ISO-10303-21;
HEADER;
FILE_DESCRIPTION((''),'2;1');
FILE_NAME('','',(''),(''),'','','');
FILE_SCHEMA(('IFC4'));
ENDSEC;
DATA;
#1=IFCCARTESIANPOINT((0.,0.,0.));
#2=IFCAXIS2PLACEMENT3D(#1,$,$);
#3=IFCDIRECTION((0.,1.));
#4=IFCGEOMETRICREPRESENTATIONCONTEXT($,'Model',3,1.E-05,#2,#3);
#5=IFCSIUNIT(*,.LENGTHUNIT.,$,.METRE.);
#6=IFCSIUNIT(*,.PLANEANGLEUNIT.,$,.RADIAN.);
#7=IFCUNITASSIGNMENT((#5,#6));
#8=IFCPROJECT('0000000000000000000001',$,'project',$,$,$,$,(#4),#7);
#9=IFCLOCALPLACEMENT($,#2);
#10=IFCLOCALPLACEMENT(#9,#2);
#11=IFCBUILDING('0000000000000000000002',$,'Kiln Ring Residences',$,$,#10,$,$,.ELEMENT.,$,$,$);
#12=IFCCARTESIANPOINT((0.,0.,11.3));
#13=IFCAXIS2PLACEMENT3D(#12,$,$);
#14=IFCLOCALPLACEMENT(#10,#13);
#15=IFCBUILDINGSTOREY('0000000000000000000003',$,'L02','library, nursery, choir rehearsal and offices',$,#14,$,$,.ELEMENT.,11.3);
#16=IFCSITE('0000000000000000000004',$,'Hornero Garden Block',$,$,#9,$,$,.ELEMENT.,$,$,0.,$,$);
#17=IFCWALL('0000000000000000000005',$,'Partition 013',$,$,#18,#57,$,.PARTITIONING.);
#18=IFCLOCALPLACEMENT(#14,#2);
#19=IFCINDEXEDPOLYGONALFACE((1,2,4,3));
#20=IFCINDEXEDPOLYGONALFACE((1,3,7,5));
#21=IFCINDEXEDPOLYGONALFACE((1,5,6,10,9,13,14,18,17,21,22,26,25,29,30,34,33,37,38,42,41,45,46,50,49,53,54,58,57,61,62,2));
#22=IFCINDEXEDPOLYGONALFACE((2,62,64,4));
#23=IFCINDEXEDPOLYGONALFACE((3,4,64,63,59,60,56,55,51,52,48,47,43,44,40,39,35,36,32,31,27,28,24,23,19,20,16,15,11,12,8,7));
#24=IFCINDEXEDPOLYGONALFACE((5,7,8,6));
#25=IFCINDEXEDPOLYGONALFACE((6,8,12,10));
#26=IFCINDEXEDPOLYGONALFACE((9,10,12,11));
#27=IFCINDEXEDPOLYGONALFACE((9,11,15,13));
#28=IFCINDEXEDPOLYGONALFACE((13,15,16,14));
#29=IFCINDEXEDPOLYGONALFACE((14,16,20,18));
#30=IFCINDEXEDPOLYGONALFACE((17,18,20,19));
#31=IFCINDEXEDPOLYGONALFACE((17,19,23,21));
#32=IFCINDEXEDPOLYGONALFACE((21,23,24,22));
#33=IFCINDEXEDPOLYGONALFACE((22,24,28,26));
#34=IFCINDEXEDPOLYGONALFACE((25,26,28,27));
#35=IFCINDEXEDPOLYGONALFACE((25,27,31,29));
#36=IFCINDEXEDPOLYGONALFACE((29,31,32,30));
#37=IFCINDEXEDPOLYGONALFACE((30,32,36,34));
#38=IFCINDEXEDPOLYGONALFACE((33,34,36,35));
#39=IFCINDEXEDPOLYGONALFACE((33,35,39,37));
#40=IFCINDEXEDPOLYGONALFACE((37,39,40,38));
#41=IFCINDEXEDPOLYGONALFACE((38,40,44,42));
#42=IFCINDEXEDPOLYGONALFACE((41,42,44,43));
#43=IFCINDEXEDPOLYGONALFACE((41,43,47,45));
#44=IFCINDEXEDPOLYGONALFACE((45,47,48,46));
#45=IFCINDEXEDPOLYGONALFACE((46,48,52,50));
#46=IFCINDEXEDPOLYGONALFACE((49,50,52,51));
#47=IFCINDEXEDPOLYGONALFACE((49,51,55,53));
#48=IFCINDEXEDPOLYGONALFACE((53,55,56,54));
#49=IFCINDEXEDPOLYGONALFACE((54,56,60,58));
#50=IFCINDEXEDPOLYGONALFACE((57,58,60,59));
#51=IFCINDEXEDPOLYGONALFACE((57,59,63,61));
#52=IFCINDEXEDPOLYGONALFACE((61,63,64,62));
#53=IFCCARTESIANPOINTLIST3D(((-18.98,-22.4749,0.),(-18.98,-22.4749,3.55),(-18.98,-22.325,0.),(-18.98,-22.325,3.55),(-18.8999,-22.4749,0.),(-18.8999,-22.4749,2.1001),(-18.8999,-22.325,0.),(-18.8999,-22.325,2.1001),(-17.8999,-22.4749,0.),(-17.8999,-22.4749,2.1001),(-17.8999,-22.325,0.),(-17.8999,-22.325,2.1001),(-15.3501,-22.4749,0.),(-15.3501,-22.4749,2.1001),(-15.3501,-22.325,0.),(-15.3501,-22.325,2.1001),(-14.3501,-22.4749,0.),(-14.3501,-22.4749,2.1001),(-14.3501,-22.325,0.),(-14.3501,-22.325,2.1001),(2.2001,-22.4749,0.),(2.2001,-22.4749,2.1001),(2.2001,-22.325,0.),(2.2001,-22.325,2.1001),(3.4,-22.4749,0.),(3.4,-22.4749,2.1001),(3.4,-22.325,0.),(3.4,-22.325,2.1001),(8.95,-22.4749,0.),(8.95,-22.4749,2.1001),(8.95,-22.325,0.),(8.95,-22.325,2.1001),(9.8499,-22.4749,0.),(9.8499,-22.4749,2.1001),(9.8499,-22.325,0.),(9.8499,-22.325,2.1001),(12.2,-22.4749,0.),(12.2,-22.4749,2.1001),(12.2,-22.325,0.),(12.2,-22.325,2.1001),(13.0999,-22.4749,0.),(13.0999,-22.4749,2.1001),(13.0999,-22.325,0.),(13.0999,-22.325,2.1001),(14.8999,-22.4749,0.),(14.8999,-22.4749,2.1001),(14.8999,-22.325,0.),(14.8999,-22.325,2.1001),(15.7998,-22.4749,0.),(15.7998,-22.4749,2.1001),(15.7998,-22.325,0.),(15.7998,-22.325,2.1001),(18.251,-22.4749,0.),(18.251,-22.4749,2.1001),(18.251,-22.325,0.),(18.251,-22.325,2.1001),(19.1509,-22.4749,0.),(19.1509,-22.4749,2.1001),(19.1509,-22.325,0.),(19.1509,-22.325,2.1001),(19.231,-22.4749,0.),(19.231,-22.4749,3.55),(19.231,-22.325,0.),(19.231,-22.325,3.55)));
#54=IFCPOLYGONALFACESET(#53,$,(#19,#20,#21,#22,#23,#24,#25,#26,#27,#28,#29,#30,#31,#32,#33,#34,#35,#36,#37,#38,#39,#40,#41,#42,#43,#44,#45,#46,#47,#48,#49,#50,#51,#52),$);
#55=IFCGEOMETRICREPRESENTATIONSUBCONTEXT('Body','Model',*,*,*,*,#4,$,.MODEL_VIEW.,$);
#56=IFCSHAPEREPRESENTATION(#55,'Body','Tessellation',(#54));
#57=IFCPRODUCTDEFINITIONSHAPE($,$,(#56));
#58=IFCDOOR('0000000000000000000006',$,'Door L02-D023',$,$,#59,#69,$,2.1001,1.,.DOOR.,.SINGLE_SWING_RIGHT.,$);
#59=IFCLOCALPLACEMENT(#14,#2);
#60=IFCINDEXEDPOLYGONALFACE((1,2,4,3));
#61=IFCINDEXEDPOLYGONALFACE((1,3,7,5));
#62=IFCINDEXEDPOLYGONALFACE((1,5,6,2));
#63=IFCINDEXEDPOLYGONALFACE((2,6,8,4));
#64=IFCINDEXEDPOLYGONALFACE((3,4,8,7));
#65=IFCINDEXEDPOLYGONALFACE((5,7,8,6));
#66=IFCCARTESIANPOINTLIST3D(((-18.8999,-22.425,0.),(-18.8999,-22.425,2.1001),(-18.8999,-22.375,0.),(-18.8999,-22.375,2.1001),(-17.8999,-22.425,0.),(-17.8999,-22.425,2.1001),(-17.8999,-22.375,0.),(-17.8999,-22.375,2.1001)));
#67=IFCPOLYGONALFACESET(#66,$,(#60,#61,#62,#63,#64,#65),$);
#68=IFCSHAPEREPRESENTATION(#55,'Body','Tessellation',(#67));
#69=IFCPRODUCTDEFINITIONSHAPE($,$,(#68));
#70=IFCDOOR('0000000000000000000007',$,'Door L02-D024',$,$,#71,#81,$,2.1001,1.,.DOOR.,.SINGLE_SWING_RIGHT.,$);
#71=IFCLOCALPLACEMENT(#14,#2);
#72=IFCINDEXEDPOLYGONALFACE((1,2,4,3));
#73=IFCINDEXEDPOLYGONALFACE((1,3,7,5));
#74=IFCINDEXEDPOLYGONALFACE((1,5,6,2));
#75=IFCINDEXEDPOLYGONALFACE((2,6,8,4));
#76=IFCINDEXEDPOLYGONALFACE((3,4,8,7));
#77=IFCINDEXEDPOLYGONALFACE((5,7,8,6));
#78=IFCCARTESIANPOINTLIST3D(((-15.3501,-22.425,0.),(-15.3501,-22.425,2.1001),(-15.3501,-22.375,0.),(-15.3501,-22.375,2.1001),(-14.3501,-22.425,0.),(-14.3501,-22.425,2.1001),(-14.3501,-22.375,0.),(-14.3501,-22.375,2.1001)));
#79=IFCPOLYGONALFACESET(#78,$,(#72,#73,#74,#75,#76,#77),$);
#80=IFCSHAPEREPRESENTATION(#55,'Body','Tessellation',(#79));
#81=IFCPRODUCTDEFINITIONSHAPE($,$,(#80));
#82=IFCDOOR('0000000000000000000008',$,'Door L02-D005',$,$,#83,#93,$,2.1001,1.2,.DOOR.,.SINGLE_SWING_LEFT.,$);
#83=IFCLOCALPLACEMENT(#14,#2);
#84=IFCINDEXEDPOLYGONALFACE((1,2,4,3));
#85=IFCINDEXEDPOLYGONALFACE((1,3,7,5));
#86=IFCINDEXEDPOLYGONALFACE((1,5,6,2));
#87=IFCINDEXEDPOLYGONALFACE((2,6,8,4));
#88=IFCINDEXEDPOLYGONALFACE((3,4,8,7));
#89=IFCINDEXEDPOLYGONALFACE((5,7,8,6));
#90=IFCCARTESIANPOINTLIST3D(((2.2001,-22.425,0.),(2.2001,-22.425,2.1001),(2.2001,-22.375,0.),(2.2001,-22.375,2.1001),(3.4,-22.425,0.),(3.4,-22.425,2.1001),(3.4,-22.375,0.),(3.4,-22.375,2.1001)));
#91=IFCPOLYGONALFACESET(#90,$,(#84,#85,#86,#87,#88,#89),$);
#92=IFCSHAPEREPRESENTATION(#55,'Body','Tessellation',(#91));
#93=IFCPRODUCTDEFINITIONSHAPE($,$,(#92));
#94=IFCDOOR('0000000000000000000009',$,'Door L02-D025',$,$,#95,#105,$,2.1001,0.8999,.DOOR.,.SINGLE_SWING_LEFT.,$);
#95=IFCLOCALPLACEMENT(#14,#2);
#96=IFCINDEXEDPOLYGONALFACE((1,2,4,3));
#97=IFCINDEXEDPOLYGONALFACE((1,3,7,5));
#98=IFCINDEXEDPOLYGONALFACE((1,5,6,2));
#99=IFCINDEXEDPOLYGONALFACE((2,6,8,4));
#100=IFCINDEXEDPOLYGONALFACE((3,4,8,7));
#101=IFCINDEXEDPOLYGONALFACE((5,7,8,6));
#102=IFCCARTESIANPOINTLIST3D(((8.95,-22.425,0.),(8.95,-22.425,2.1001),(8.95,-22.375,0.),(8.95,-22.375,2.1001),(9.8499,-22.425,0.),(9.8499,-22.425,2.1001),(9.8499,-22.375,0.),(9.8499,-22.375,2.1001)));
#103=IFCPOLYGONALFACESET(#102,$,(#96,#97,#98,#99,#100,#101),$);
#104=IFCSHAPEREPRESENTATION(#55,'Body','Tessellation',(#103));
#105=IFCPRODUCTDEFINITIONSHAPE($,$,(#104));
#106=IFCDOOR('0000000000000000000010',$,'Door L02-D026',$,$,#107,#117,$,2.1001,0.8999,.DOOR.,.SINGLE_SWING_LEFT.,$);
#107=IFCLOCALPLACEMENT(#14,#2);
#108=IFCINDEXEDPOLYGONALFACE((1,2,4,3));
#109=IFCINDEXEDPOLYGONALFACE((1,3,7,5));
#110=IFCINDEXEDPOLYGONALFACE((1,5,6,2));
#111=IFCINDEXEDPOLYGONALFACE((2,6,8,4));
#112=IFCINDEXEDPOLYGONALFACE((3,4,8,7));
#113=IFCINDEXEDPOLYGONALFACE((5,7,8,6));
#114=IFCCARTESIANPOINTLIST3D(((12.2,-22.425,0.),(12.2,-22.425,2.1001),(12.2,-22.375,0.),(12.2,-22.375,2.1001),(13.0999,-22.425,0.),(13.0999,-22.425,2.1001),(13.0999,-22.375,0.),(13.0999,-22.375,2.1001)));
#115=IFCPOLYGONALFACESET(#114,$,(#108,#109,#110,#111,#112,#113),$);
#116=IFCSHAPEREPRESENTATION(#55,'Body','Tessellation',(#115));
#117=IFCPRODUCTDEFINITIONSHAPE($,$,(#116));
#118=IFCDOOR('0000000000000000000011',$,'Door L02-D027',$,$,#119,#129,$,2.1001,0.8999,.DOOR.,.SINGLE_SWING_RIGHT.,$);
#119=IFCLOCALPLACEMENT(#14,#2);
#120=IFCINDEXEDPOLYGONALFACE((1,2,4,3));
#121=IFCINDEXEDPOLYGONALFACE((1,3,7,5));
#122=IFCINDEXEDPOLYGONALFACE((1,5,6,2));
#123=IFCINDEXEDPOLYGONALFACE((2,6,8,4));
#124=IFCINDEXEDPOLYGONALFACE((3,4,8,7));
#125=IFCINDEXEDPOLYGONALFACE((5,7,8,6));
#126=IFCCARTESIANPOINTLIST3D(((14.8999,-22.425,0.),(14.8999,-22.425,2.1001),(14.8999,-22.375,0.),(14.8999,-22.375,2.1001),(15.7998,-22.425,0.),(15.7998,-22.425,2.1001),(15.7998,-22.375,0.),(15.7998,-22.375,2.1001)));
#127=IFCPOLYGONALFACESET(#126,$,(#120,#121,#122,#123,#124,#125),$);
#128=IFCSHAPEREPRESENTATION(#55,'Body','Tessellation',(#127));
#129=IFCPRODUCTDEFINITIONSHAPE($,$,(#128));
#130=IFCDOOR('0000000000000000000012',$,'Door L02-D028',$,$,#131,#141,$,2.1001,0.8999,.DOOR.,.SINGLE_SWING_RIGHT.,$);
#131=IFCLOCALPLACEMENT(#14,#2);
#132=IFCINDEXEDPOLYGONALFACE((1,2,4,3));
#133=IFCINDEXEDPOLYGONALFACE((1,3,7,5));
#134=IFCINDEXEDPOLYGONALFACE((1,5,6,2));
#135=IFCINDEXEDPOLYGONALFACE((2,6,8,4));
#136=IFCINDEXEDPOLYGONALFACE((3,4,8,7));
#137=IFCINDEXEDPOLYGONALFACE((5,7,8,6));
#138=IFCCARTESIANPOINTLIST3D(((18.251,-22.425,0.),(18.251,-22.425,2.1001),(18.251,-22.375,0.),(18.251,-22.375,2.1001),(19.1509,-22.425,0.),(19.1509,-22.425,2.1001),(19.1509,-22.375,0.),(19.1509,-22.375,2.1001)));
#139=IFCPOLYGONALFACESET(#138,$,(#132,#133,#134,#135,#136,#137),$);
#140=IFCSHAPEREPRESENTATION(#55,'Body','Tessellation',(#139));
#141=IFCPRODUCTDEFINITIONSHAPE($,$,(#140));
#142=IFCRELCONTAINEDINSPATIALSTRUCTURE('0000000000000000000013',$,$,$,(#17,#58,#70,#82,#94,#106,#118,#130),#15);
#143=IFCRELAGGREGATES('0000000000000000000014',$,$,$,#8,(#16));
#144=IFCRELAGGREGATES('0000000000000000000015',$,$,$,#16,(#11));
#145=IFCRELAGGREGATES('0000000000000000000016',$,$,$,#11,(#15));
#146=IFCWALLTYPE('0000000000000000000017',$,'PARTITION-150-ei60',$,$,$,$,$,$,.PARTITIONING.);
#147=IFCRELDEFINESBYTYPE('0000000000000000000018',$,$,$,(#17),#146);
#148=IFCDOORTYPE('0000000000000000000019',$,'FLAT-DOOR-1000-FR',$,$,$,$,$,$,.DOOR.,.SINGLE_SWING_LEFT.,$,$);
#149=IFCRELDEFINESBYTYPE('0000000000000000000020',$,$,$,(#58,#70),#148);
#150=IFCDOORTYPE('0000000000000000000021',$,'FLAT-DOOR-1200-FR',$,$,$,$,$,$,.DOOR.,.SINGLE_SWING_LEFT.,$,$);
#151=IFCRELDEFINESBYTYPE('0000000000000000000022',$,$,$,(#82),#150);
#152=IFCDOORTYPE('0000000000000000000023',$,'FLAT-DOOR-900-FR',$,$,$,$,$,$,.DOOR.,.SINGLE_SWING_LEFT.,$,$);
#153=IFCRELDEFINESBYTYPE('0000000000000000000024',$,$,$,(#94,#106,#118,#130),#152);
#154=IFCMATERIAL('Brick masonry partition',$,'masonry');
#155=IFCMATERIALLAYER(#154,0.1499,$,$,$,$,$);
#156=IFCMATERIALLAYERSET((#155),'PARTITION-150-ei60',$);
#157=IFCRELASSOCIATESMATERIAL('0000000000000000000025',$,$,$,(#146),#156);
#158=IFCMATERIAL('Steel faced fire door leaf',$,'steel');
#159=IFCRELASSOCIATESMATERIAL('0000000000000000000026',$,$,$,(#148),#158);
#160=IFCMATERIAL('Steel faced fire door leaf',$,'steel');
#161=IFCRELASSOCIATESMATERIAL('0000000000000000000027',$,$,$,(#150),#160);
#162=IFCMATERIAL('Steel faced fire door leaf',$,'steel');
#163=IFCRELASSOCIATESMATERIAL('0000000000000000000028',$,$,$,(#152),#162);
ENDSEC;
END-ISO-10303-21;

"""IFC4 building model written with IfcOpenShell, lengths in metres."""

from ifc_helpers import new_model, si_unit, direction, frame, frame_2d, origin, place, context, subcontext, project, spatial, rectangle, extrude, material, layer, layer_set, type_object, element, fill, save


model = new_model("IFC4")

# Units and contexts
model_context = context("Model", 3, precision=1e-05, world=origin(), true_north=direction((0.0, 1.0)))
body_context = subcontext(model_context, "Body", "Model", "MODEL_VIEW")
ifc_project = project(units=[si_unit("LENGTHUNIT", "METRE"), si_unit("PLANEANGLEUNIT", "RADIAN")], contexts=[model_context])

# Site, building, storey
site_placement = place(None, origin())
site = spatial("IfcSite", under=ifc_project, at=site_placement, Name="Hornero Garden Block", CompositionType="ELEMENT", RefElevation=0.0)
building_placement = place(site_placement, origin())
building = spatial("IfcBuilding", under=site, at=building_placement, Name="Kiln Ring Residences", CompositionType="ELEMENT")
storey_placement = place(building_placement, frame((0.0, 0.0, 11.3)))
storey = spatial("IfcBuildingStorey", under=building, at=storey_placement, Name="L02", Description="library, nursery, choir rehearsal and offices", CompositionType="ELEMENT", Elevation=11.3)

# Wall, openings, doors
ifc_material_1 = material(Name="Brick masonry partition", Category="masonry")
ifc_layer_1 = layer(ifc_material_1, 0.1499)
ifc_layer_set_1 = layer_set([ifc_layer_1], Name="PARTITION-150-ei60")
wall_type_1 = type_object("IfcWallType", Name="PARTITION-150-ei60", PredefinedType="PARTITIONING", material=ifc_layer_set_1)
wall_1_placement = place(storey_placement, frame((-18.98, -22.3999, 0.0), z_axis=(0.0, 0.0, 1.0), x_axis=(1.0, 0.0, 0.0)))
wall_1 = element("IfcWall", 1, at=wall_1_placement, inside=storey, type_object=wall_type_1, Name="Partition 013", PredefinedType="PARTITIONING", context=body_context, shape_type="SweptSolid", body=[
    extrude(rectangle(XDim=38.2109, YDim=0.1499, at=frame_2d((19.1055, 0.0))), origin(), (0.0, 0.0, 1.0), 3.55),
])
opening_1_placement = place(wall_1_placement, frame((21.1799, 0.0, 0.0)))
opening_1 = element("IfcOpeningElement", 2, at=opening_1_placement, cuts=wall_1, PredefinedType="OPENING", context=body_context, shape_type="SweptSolid", body=[
    extrude(rectangle(XDim=1.2, YDim=2.1001, at=frame_2d((0.6001, 1.05))), frame((0.0, 0.085, 0.0), z_axis=(0.0, -1.0, 0.0), x_axis=(1.0, 0.0, 0.0)), (0.0, 0.0, 1.0), 0.1699),
])
opening_2_placement = place(wall_1_placement, frame((0.0801, 0.0, 0.0)))
opening_2 = element("IfcOpeningElement", 3, at=opening_2_placement, cuts=wall_1, PredefinedType="OPENING", context=body_context, shape_type="SweptSolid", body=[
    extrude(rectangle(XDim=1.0, YDim=2.1001, at=frame_2d((0.5, 1.05))), frame((0.0, 0.085, 0.0), z_axis=(0.0, -1.0, 0.0), x_axis=(1.0, 0.0, 0.0)), (0.0, 0.0, 1.0), 0.1699),
])
opening_3_placement = place(wall_1_placement, frame((3.6299, 0.0, 0.0)))
opening_3 = element("IfcOpeningElement", 4, at=opening_3_placement, cuts=wall_1, PredefinedType="OPENING", context=body_context, shape_type="SweptSolid", body=[
    extrude(rectangle(XDim=1.0, YDim=2.1001, at=frame_2d((0.5, 1.05))), frame((0.0, 0.085, 0.0), z_axis=(0.0, -1.0, 0.0), x_axis=(1.0, 0.0, 0.0)), (0.0, 0.0, 1.0), 0.1699),
])
opening_4_placement = place(wall_1_placement, frame((27.9299, 0.0, 0.0)))
opening_4 = element("IfcOpeningElement", 5, at=opening_4_placement, cuts=wall_1, PredefinedType="OPENING", context=body_context, shape_type="SweptSolid", body=[
    extrude(rectangle(XDim=0.8999, YDim=2.1001, at=frame_2d((0.45, 1.05))), frame((0.0, 0.085, 0.0), z_axis=(0.0, -1.0, 0.0), x_axis=(1.0, 0.0, 0.0)), (0.0, 0.0, 1.0), 0.1699),
])
opening_5_placement = place(wall_1_placement, frame((31.1799, 0.0, 0.0)))
opening_5 = element("IfcOpeningElement", 6, at=opening_5_placement, cuts=wall_1, PredefinedType="OPENING", context=body_context, shape_type="SweptSolid", body=[
    extrude(rectangle(XDim=0.8999, YDim=2.1001, at=frame_2d((0.45, 1.05))), frame((0.0, 0.085, 0.0), z_axis=(0.0, -1.0, 0.0), x_axis=(1.0, 0.0, 0.0)), (0.0, 0.0, 1.0), 0.1699),
])
opening_6_placement = place(wall_1_placement, frame((33.8799, 0.0, 0.0)))
opening_6 = element("IfcOpeningElement", 7, at=opening_6_placement, cuts=wall_1, PredefinedType="OPENING", context=body_context, shape_type="SweptSolid", body=[
    extrude(rectangle(XDim=0.8999, YDim=2.1001, at=frame_2d((0.45, 1.05))), frame((0.0, 0.085, 0.0), z_axis=(0.0, -1.0, 0.0), x_axis=(1.0, 0.0, 0.0)), (0.0, 0.0, 1.0), 0.1699),
])
opening_7_placement = place(wall_1_placement, frame((37.231, 0.0, 0.0)))
opening_7 = element("IfcOpeningElement", 8, at=opening_7_placement, cuts=wall_1, PredefinedType="OPENING", context=body_context, shape_type="SweptSolid", body=[
    extrude(rectangle(XDim=0.8999, YDim=2.1001, at=frame_2d((0.45, 1.05))), frame((0.0, 0.085, 0.0), z_axis=(0.0, -1.0, 0.0), x_axis=(1.0, 0.0, 0.0)), (0.0, 0.0, 1.0), 0.1699),
])
ifc_material_2 = material(Name="Steel faced fire door leaf", Category="steel")
door_type_1 = type_object("IfcDoorType", Name="FLAT-DOOR-1000-FR", OperationType="SINGLE_SWING_LEFT", PredefinedType="DOOR", material=ifc_material_2)
door_1_placement = place(opening_2_placement, origin())
door_1 = element("IfcDoor", 9, at=door_1_placement, inside=storey, type_object=door_type_1, Name="Door L02-D023", OperationType="SINGLE_SWING_RIGHT", OverallHeight=2.1001, OverallWidth=1.0, PredefinedType="DOOR", context=body_context, shape_type="SweptSolid", body=[
    extrude(rectangle(XDim=1.0, YDim=2.1001, at=frame_2d((0.5, 1.05))), frame((0.0, 0.0249, 0.0), z_axis=(0.0, -1.0, 0.0), x_axis=(1.0, 0.0, 0.0)), (0.0, 0.0, 1.0), 0.05),
])
fill(opening_2, door_1)
door_2_placement = place(opening_3_placement, origin())
door_2 = element("IfcDoor", 10, at=door_2_placement, inside=storey, type_object=door_type_1, Name="Door L02-D024", OperationType="SINGLE_SWING_RIGHT", OverallHeight=2.1001, OverallWidth=1.0, PredefinedType="DOOR", context=body_context, shape_type="SweptSolid", body=[
    extrude(rectangle(XDim=1.0, YDim=2.1001, at=frame_2d((0.5, 1.05))), frame((0.0, 0.0249, 0.0), z_axis=(0.0, -1.0, 0.0), x_axis=(1.0, 0.0, 0.0)), (0.0, 0.0, 1.0), 0.05),
])
fill(opening_3, door_2)
ifc_material_3 = material(Name="Steel faced fire door leaf", Category="steel")
door_type_2 = type_object("IfcDoorType", Name="FLAT-DOOR-1200-FR", OperationType="SINGLE_SWING_LEFT", PredefinedType="DOOR", material=ifc_material_3)
door_3_placement = place(opening_1_placement, origin())
door_3 = element("IfcDoor", 11, at=door_3_placement, inside=storey, type_object=door_type_2, Name="Door L02-D005", OperationType="SINGLE_SWING_LEFT", OverallHeight=2.1001, OverallWidth=1.2, PredefinedType="DOOR", context=body_context, shape_type="SweptSolid", body=[
    extrude(rectangle(XDim=1.2, YDim=2.1001, at=frame_2d((0.6001, 1.05))), frame((0.0, 0.0249, 0.0), z_axis=(0.0, -1.0, 0.0), x_axis=(1.0, 0.0, 0.0)), (0.0, 0.0, 1.0), 0.05),
])
fill(opening_1, door_3)
ifc_material_4 = material(Name="Steel faced fire door leaf", Category="steel")
door_type_3 = type_object("IfcDoorType", Name="FLAT-DOOR-900-FR", OperationType="SINGLE_SWING_LEFT", PredefinedType="DOOR", material=ifc_material_4)
door_4_placement = place(opening_4_placement, origin())
door_4 = element("IfcDoor", 12, at=door_4_placement, inside=storey, type_object=door_type_3, Name="Door L02-D025", OperationType="SINGLE_SWING_LEFT", OverallHeight=2.1001, OverallWidth=0.8999, PredefinedType="DOOR", context=body_context, shape_type="SweptSolid", body=[
    extrude(rectangle(XDim=0.8999, YDim=2.1001, at=frame_2d((0.45, 1.05))), frame((0.0, 0.0249, 0.0), z_axis=(0.0, -1.0, 0.0), x_axis=(1.0, 0.0, 0.0)), (0.0, 0.0, 1.0), 0.05),
])
fill(opening_4, door_4)
door_5_placement = place(opening_5_placement, origin())
door_5 = element("IfcDoor", 13, at=door_5_placement, inside=storey, type_object=door_type_3, Name="Door L02-D026", OperationType="SINGLE_SWING_LEFT", OverallHeight=2.1001, OverallWidth=0.8999, PredefinedType="DOOR", context=body_context, shape_type="SweptSolid", body=[
    extrude(rectangle(XDim=0.8999, YDim=2.1001, at=frame_2d((0.45, 1.05))), frame((0.0, 0.0249, 0.0), z_axis=(0.0, -1.0, 0.0), x_axis=(1.0, 0.0, 0.0)), (0.0, 0.0, 1.0), 0.05),
])
fill(opening_5, door_5)
door_6_placement = place(opening_6_placement, origin())
door_6 = element("IfcDoor", 14, at=door_6_placement, inside=storey, type_object=door_type_3, Name="Door L02-D027", OperationType="SINGLE_SWING_RIGHT", OverallHeight=2.1001, OverallWidth=0.8999, PredefinedType="DOOR", context=body_context, shape_type="SweptSolid", body=[
    extrude(rectangle(XDim=0.8999, YDim=2.1001, at=frame_2d((0.45, 1.05))), frame((0.0, 0.0249, 0.0), z_axis=(0.0, -1.0, 0.0), x_axis=(1.0, 0.0, 0.0)), (0.0, 0.0, 1.0), 0.05),
])
fill(opening_6, door_6)
door_7_placement = place(opening_7_placement, origin())
door_7 = element("IfcDoor", 15, at=door_7_placement, inside=storey, type_object=door_type_3, Name="Door L02-D028", OperationType="SINGLE_SWING_RIGHT", OverallHeight=2.1001, OverallWidth=0.8999, PredefinedType="DOOR", context=body_context, shape_type="SweptSolid", body=[
    extrude(rectangle(XDim=0.8999, YDim=2.1001, at=frame_2d((0.45, 1.05))), frame((0.0, 0.0249, 0.0), z_axis=(0.0, -1.0, 0.0), x_axis=(1.0, 0.0, 0.0)), (0.0, 0.0, 1.0), 0.05),
])
fill(opening_7, door_7)

save(model, "model.ifc")
